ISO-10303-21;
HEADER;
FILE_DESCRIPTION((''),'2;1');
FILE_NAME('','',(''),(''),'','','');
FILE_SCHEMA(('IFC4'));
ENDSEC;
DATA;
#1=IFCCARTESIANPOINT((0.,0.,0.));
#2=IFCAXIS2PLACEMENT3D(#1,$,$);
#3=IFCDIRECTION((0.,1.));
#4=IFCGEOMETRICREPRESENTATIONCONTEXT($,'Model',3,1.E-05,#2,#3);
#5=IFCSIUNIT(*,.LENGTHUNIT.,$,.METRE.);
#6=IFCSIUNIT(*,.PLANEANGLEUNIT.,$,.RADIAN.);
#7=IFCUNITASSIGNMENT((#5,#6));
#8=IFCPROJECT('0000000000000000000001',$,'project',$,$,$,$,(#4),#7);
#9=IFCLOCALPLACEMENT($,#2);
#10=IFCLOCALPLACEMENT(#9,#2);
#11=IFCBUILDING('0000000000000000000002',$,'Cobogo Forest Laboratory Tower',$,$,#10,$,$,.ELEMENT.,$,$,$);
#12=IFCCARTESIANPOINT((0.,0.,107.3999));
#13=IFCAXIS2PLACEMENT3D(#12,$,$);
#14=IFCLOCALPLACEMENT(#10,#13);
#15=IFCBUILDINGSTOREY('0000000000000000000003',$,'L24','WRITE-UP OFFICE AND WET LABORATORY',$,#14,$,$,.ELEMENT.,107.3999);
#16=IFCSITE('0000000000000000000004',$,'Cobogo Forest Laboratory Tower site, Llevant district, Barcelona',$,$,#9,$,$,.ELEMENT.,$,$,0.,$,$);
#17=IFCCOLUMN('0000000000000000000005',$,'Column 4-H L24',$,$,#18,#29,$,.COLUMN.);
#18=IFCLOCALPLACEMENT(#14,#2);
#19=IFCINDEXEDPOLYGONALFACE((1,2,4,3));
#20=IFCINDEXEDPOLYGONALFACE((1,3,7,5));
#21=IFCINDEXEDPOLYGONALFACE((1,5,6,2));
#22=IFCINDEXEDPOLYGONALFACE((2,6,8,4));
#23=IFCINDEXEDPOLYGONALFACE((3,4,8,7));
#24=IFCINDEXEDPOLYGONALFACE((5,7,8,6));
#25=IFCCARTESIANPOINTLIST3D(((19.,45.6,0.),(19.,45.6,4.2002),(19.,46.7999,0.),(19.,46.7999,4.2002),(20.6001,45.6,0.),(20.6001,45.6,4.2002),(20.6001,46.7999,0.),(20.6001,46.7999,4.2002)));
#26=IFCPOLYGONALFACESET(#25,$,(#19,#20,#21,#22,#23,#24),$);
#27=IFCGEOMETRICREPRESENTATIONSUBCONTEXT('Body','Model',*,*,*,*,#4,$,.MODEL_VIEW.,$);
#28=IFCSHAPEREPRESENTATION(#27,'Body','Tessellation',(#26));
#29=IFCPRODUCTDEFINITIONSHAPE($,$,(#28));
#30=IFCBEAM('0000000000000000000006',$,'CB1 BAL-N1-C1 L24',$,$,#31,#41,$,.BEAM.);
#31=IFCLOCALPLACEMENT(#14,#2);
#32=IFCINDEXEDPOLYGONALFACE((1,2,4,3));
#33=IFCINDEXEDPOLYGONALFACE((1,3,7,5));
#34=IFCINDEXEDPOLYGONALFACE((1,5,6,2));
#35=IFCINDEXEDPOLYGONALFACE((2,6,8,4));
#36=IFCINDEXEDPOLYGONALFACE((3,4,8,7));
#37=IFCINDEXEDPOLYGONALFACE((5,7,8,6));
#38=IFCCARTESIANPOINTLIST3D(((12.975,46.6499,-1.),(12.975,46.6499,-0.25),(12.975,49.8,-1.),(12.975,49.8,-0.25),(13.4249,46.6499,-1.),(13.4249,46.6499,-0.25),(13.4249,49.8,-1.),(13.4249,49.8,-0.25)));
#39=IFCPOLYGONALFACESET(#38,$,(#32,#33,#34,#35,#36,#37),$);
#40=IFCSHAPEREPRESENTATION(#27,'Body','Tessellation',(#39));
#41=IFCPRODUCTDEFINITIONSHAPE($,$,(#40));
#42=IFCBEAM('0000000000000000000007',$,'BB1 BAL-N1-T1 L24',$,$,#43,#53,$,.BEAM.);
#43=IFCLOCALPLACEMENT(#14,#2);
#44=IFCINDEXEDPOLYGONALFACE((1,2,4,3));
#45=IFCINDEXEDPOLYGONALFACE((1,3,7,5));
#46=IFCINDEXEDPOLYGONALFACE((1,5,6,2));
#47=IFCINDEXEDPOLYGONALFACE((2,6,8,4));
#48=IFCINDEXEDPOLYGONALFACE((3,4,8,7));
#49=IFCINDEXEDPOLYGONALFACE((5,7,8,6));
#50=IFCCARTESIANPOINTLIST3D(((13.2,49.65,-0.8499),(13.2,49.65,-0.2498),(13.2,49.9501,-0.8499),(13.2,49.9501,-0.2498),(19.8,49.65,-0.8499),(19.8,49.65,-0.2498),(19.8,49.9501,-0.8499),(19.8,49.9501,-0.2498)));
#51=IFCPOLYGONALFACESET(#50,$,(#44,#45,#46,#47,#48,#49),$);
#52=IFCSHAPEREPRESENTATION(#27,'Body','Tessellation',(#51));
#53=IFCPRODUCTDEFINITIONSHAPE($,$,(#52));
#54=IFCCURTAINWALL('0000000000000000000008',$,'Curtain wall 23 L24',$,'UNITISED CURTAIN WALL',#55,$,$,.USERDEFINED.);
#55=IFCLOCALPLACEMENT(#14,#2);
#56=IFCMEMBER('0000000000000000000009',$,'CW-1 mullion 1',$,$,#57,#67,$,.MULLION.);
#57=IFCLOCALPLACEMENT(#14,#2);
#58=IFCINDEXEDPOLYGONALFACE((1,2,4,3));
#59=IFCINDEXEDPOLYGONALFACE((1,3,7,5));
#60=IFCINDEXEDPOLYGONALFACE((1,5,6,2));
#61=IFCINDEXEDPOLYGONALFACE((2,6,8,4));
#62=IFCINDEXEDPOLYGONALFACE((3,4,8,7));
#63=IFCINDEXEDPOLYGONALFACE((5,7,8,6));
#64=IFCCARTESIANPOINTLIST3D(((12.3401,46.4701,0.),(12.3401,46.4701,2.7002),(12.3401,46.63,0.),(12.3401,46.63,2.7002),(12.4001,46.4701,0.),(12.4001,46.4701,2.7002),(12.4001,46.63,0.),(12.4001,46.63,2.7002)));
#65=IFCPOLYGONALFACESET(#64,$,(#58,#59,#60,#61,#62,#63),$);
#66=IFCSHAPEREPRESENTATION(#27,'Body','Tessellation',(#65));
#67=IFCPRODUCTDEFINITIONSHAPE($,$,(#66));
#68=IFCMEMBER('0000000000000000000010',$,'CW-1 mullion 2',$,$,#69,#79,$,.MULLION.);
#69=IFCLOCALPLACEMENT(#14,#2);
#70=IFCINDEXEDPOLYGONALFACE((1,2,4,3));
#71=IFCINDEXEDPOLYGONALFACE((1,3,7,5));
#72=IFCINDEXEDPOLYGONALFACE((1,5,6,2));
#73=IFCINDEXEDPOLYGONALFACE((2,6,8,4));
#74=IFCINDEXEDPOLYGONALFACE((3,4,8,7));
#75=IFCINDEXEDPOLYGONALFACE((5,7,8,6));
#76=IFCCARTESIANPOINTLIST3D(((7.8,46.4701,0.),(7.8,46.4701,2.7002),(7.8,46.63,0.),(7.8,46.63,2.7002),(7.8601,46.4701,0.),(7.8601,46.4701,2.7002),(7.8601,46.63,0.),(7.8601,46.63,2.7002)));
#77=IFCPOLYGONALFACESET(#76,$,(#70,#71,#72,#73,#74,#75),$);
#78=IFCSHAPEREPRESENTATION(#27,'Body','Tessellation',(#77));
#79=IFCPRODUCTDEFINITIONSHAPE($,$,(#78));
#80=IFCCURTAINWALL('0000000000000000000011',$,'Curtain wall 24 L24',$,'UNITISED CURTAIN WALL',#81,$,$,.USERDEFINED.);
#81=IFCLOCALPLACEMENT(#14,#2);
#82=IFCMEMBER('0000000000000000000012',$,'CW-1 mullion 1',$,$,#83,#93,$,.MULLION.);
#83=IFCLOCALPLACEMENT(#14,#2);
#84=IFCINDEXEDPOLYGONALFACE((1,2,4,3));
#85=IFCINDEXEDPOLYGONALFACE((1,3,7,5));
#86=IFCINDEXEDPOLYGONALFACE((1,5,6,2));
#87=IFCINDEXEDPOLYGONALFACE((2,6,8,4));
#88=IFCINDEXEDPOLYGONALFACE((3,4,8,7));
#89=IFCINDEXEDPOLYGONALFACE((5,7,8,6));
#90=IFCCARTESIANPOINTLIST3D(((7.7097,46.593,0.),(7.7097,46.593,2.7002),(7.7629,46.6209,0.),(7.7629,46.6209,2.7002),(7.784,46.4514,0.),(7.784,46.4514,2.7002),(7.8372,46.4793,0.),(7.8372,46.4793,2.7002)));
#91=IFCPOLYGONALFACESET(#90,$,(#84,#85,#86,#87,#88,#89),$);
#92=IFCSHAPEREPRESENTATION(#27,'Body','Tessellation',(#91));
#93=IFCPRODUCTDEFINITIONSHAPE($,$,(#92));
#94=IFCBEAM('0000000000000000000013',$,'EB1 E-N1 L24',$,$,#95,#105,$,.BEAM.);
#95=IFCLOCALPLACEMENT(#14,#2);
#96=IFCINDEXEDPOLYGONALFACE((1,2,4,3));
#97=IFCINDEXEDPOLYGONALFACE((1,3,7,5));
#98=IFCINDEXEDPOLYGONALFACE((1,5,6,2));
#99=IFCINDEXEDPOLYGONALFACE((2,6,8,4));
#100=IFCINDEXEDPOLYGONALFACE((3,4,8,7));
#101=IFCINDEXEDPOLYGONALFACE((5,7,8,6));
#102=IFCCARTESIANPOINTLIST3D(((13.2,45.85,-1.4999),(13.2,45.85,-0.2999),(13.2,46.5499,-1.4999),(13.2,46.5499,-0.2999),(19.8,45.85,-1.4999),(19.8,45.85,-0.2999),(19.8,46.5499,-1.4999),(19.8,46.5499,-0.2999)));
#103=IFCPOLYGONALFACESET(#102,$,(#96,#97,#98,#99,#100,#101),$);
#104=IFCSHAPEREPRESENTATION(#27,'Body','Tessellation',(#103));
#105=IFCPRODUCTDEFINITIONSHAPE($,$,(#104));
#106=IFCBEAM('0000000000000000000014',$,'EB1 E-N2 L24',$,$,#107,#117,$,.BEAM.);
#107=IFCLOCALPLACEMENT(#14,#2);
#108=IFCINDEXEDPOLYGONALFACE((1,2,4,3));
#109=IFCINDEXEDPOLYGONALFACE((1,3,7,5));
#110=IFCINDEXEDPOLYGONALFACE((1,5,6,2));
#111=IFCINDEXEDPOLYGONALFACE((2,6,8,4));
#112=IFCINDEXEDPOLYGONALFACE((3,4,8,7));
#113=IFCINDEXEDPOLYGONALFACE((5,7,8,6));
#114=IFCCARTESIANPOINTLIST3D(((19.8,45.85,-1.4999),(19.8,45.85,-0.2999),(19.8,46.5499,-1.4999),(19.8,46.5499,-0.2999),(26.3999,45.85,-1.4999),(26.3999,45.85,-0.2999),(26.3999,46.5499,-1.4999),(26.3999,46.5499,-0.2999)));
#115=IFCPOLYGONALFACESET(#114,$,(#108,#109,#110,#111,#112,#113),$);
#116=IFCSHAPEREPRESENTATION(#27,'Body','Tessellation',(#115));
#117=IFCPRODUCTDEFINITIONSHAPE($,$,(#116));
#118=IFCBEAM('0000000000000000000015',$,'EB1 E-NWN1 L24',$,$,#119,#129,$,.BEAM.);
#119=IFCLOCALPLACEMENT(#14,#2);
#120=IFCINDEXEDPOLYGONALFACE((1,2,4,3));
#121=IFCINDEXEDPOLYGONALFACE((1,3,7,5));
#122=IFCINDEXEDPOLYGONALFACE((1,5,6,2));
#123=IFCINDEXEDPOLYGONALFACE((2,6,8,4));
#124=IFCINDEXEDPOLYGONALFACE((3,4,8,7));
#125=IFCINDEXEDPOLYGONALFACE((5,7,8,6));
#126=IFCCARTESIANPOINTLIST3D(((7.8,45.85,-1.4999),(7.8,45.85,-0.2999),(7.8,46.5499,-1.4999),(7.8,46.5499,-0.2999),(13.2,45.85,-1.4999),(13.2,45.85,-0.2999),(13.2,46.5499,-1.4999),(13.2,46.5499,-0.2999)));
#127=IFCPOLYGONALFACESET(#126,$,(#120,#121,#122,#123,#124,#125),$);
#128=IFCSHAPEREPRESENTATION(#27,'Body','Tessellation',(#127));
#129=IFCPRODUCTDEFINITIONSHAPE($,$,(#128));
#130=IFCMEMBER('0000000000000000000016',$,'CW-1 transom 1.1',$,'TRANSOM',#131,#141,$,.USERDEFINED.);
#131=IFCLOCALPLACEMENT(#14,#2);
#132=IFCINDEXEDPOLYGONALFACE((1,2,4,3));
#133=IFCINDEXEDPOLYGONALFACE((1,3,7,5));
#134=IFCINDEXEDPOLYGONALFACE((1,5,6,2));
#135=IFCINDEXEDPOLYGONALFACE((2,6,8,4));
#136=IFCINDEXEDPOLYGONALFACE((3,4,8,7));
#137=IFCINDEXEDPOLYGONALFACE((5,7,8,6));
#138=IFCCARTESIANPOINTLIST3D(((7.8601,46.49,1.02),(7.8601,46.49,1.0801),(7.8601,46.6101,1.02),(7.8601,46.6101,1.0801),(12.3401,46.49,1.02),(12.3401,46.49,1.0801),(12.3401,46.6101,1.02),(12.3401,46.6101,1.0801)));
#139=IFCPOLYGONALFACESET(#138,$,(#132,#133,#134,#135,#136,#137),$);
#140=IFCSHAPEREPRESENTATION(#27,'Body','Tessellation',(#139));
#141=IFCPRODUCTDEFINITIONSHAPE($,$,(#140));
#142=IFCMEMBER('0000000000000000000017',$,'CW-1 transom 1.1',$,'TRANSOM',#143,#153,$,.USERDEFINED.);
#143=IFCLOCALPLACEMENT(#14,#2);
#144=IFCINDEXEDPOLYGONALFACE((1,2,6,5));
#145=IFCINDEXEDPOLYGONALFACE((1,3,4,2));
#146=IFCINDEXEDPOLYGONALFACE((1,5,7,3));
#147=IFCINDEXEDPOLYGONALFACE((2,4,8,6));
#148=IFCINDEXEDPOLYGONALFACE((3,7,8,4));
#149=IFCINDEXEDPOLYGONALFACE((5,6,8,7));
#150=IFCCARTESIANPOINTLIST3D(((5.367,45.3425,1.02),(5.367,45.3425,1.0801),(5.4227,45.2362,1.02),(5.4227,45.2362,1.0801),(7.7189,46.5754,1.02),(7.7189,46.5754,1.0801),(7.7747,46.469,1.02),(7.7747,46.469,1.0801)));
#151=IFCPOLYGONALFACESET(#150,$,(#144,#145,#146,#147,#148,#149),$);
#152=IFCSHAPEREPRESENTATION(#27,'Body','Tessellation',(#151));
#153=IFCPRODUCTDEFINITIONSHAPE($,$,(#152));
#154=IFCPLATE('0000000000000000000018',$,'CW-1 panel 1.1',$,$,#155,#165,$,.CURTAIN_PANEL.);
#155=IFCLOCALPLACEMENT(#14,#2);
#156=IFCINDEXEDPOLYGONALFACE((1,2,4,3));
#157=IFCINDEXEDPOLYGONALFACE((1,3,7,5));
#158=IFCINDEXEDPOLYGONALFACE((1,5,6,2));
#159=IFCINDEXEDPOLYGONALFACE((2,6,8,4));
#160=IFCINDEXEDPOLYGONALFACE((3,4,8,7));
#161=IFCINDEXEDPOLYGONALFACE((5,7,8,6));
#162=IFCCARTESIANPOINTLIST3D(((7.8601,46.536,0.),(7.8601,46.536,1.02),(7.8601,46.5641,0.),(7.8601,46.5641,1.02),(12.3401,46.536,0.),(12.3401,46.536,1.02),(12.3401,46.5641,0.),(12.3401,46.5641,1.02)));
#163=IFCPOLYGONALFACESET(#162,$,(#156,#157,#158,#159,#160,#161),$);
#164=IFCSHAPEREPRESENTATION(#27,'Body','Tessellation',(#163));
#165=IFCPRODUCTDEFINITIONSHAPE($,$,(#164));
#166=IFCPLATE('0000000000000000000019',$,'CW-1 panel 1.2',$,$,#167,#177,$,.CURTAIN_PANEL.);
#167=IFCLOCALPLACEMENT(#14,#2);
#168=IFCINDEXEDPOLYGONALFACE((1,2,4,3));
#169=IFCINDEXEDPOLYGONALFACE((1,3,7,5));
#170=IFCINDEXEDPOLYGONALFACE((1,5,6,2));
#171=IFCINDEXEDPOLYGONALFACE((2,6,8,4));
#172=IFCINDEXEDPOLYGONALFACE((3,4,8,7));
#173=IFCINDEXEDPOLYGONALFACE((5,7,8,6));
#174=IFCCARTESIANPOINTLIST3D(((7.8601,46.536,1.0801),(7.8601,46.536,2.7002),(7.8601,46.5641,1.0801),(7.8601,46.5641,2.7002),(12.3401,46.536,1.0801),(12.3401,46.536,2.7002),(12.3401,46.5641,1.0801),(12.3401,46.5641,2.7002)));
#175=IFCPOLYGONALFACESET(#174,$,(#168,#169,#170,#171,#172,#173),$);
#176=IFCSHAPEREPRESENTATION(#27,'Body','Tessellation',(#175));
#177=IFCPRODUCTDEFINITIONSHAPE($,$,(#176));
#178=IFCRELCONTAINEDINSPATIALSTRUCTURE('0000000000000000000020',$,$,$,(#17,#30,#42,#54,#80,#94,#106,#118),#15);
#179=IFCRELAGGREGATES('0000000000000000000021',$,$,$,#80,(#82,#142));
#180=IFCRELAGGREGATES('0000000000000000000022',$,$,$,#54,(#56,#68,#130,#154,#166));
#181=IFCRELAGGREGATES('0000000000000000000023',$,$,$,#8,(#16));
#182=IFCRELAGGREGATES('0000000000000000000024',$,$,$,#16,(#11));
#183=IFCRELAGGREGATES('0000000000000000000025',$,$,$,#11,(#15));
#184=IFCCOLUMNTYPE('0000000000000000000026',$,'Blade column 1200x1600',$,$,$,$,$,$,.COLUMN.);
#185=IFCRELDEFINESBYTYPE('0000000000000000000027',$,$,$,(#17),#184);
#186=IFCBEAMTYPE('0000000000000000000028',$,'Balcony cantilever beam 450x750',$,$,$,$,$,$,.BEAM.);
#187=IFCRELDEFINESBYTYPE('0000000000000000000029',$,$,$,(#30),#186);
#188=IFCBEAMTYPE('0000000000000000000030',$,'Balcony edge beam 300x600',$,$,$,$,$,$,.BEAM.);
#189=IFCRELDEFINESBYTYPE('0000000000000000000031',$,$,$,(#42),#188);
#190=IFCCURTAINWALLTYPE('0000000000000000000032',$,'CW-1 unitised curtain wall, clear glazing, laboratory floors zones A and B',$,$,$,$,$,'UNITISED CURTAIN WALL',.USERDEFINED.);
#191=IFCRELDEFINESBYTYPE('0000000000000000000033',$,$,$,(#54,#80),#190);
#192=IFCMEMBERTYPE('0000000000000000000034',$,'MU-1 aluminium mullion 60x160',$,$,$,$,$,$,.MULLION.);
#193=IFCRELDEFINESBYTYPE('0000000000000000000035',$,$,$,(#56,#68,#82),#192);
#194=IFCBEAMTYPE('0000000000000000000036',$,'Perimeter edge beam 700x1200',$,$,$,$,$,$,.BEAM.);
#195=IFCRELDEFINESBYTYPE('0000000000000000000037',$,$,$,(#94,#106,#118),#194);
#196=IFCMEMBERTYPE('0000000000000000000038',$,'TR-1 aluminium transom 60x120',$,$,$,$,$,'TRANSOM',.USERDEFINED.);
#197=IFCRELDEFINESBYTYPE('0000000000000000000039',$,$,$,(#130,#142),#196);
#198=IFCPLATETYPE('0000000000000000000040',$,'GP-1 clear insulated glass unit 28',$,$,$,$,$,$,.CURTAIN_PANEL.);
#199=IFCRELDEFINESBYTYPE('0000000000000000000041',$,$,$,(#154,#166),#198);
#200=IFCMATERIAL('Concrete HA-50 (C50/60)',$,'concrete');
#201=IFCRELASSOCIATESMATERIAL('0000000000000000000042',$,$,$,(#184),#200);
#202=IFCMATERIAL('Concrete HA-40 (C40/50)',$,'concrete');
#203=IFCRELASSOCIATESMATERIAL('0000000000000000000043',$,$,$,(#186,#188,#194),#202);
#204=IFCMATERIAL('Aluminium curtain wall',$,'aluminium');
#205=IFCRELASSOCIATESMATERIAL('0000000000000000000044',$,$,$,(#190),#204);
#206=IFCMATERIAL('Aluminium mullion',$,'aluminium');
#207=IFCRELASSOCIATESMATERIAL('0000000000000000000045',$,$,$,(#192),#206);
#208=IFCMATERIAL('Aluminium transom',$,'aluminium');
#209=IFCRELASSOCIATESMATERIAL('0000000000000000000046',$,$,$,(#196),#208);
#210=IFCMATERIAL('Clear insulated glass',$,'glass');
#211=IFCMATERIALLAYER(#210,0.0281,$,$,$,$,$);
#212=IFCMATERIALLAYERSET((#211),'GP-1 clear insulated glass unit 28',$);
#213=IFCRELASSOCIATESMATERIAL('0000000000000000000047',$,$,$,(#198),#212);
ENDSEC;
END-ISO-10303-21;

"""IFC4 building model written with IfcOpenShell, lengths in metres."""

from ifc_helpers import new_model, si_unit, direction, frame, origin, origin_2d, place, context, subcontext, project, spatial, rectangle, extrude, material, layer, layer_set, material_profile, profile_set, type_object, element, aggregate, save


model = new_model("IFC4")

# Units and contexts
model_context = context("Model", 3, precision=1e-05, world=origin(), true_north=direction((0.0, 1.0)))
body_context = subcontext(model_context, "Body", "Model", "MODEL_VIEW")
ifc_project = project(units=[si_unit("LENGTHUNIT", "METRE"), si_unit("PLANEANGLEUNIT", "RADIAN")], contexts=[model_context])

# Site, building, storey
site_placement = place(None, origin())
site = spatial("IfcSite", under=ifc_project, at=site_placement, Name="Cobogo Forest Laboratory Tower site, Llevant district, Barcelona", CompositionType="ELEMENT", RefElevation=0.0)
building_placement = place(site_placement, origin())
building = spatial("IfcBuilding", under=site, at=building_placement, Name="Cobogo Forest Laboratory Tower", CompositionType="ELEMENT")
storey_placement = place(building_placement, frame((0.0, 0.0, 107.3999)))
storey = spatial("IfcBuildingStorey", under=building, at=storey_placement, Name="L24", Description="WRITE-UP OFFICE AND WET LABORATORY", CompositionType="ELEMENT", Elevation=107.3999)

# Column
ifc_material_1 = material(Name="Concrete HA-50 (C50/60)", Category="concrete")
ifc_material_profile_1 = material_profile(ifc_material_1, rectangle(XDim=1.6001, YDim=1.2, at=origin_2d()), Name="RC 1200x1600")
ifc_profile_set_1 = profile_set([ifc_material_profile_1], Name="Concrete HA-50 (C50/60)")
column_type = type_object("IfcColumnType", Name="Blade column 1200x1600", PredefinedType="COLUMN", material=ifc_profile_set_1)
column_placement = place(storey_placement, frame((19.8, 46.2, 0.0), z_axis=(0.0, 0.0, 1.0), x_axis=(1.0, 0.0, 0.0)))
element("IfcColumn", 1, at=column_placement, inside=storey, type_object=column_type, Name="Column 4-H L24", PredefinedType="COLUMN", context=body_context, shape_type="SweptSolid", body=[
    extrude(rectangle(XDim=1.6001, YDim=1.2, at=origin_2d()), origin(), (0.0, 0.0, 1.0), 4.2002),
])

# Beams
ifc_material_2 = material(Name="Concrete HA-40 (C40/50)", Category="concrete")
ifc_material_profile_2 = material_profile(ifc_material_2, rectangle(XDim=0.45, YDim=0.75, at=origin_2d()), Name="RC 450x750")
ifc_profile_set_2 = profile_set([ifc_material_profile_2], Name="Concrete HA-40 (C40/50)")
beam_type_1 = type_object("IfcBeamType", Name="Balcony cantilever beam 450x750", PredefinedType="BEAM", material=ifc_profile_set_2)
beam_1_placement = place(storey_placement, frame((13.2, 46.6499, -0.625), z_axis=(0.0, 1.0, 0.0), x_axis=(-1.0, 0.0, 0.0)))
element("IfcBeam", 2, at=beam_1_placement, inside=storey, type_object=beam_type_1, Name="CB1 BAL-N1-C1 L24", PredefinedType="BEAM", context=body_context, shape_type="SweptSolid", body=[
    extrude(rectangle(XDim=0.45, YDim=0.75, at=origin_2d()), origin(), (0.0, 0.0, 1.0), 3.1501),
])
ifc_material_profile_3 = material_profile(ifc_material_2, rectangle(XDim=0.3, YDim=0.6001, at=origin_2d()), Name="RC 300x600")
ifc_profile_set_3 = profile_set([ifc_material_profile_3], Name="Concrete HA-40 (C40/50)")
beam_type_2 = type_object("IfcBeamType", Name="Balcony edge beam 300x600", PredefinedType="BEAM", material=ifc_profile_set_3)
beam_2_placement = place(storey_placement, frame((13.2, 49.8, -0.5498), z_axis=(1.0, 0.0, 0.0), x_axis=(0.0, 1.0, 0.0)))
element("IfcBeam", 3, at=beam_2_placement, inside=storey, type_object=beam_type_2, Name="BB1 BAL-N1-T1 L24", PredefinedType="BEAM", context=body_context, shape_type="SweptSolid", body=[
    extrude(rectangle(XDim=0.3, YDim=0.6001, at=origin_2d()), origin(), (0.0, 0.0, 1.0), 6.6001),
])

# Curtain wall, members
ifc_material_3 = material(Name="Aluminium curtain wall", Category="aluminium")
curtain_wall_type = type_object("IfcCurtainWallType", Name="CW-1 unitised curtain wall, clear glazing, laboratory floors zones A and B", ElementType="UNITISED CURTAIN WALL", PredefinedType="USERDEFINED", material=ifc_material_3)
curtain_wall_1_placement = place(storey_placement, origin())
curtain_wall_1 = element("IfcCurtainWall", 4, at=curtain_wall_1_placement, inside=storey, type_object=curtain_wall_type, Name="Curtain wall 23 L24", ObjectType="UNITISED CURTAIN WALL", PredefinedType="USERDEFINED")
ifc_material_4 = material(Name="Aluminium mullion", Category="aluminium")
ifc_material_profile_4 = material_profile(ifc_material_4, rectangle(XDim=0.0601, YDim=0.1599, at=origin_2d()), Name="AL 60x160")
ifc_profile_set_4 = profile_set([ifc_material_profile_4], Name="Aluminium mullion")
member_type_1 = type_object("IfcMemberType", Name="MU-1 aluminium mullion 60x160", PredefinedType="MULLION", material=ifc_profile_set_4)
member_1_placement = place(storey_placement, frame((12.3701, 46.55, 0.0), z_axis=(0.0, 0.0, 1.0), x_axis=(-1.0, 0.0, 0.0)))
member_1 = element("IfcMember", 5, at=member_1_placement, type_object=member_type_1, Name="CW-1 mullion 1", PredefinedType="MULLION", context=body_context, shape_type="SweptSolid", body=[
    extrude(rectangle(XDim=0.0601, YDim=0.1599, at=origin_2d()), origin(), (0.0, 0.0, 1.0), 2.7002),
])
member_2_placement = place(storey_placement, frame((7.8301, 46.55, 0.0), z_axis=(0.0, 0.0, 1.0), x_axis=(-1.0, 0.0, 0.0)))
member_2 = element("IfcMember", 6, at=member_2_placement, type_object=member_type_1, Name="CW-1 mullion 2", PredefinedType="MULLION", context=body_context, shape_type="SweptSolid", body=[
    extrude(rectangle(XDim=0.0601, YDim=0.1599, at=origin_2d()), origin(), (0.0, 0.0, 1.0), 2.7002),
])

# Curtain wall, member
curtain_wall_2_placement = place(storey_placement, origin())
curtain_wall_2 = element("IfcCurtainWall", 7, at=curtain_wall_2_placement, inside=storey, type_object=curtain_wall_type, Name="Curtain wall 24 L24", ObjectType="UNITISED CURTAIN WALL", PredefinedType="USERDEFINED")
member_3_placement = place(storey_placement, frame((7.7734, 46.5361, 0.0), z_axis=(0.0, 0.0, 1.0), x_axis=(-0.885687, -0.464284, 0.0)))
member_3 = element("IfcMember", 8, at=member_3_placement, type_object=member_type_1, Name="CW-1 mullion 1", PredefinedType="MULLION", context=body_context, shape_type="SweptSolid", body=[
    extrude(rectangle(XDim=0.0601, YDim=0.1599, at=origin_2d()), origin(), (0.0, 0.0, 1.0), 2.7002),
])

# Beams
ifc_material_profile_5 = material_profile(ifc_material_2, rectangle(XDim=0.7, YDim=1.2, at=origin_2d()), Name="RC 700x1200")
ifc_profile_set_5 = profile_set([ifc_material_profile_5], Name="Concrete HA-40 (C40/50)")
beam_type_3 = type_object("IfcBeamType", Name="Perimeter edge beam 700x1200", PredefinedType="BEAM", material=ifc_profile_set_5)
beam_3_placement = place(storey_placement, frame((13.2, 46.2, -0.8999), z_axis=(1.0, 0.0, 0.0), x_axis=(0.0, 1.0, 0.0)))
element("IfcBeam", 9, at=beam_3_placement, inside=storey, type_object=beam_type_3, Name="EB1 E-N1 L24", PredefinedType="BEAM", context=body_context, shape_type="SweptSolid", body=[
    extrude(rectangle(XDim=0.7, YDim=1.2, at=origin_2d()), origin(), (0.0, 0.0, 1.0), 6.6001),
])
beam_4_placement = place(storey_placement, frame((19.8, 46.2, -0.8999), z_axis=(1.0, 0.0, 0.0), x_axis=(0.0, 1.0, 0.0)))
element("IfcBeam", 10, at=beam_4_placement, inside=storey, type_object=beam_type_3, Name="EB1 E-N2 L24", PredefinedType="BEAM", context=body_context, shape_type="SweptSolid", body=[
    extrude(rectangle(XDim=0.7, YDim=1.2, at=origin_2d()), origin(), (0.0, 0.0, 1.0), 6.5999),
])
beam_5_placement = place(storey_placement, frame((13.2, 46.2, -0.8999), z_axis=(-1.0, 0.0, 0.0), x_axis=(0.0, -1.0, 0.0)))
element("IfcBeam", 11, at=beam_5_placement, inside=storey, type_object=beam_type_3, Name="EB1 E-NWN1 L24", PredefinedType="BEAM", context=body_context, shape_type="SweptSolid", body=[
    extrude(rectangle(XDim=0.7, YDim=1.2, at=origin_2d()), origin(), (0.0, 0.0, 1.0), 5.3999),
])

# Members
ifc_material_5 = material(Name="Aluminium transom", Category="aluminium")
ifc_material_profile_6 = material_profile(ifc_material_5, rectangle(XDim=0.1201, YDim=0.0601, at=origin_2d()), Name="AL 60x120")
ifc_profile_set_6 = profile_set([ifc_material_profile_6], Name="Aluminium transom")
member_type_2 = type_object("IfcMemberType", Name="TR-1 aluminium transom 60x120", ElementType="TRANSOM", PredefinedType="USERDEFINED", material=ifc_profile_set_6)
member_4_placement = place(storey_placement, frame((12.3401, 46.55, 1.05), z_axis=(-1.0, 0.0, 0.0), x_axis=(0.0, -1.0, 0.0)))
member_4 = element("IfcMember", 12, at=member_4_placement, type_object=member_type_2, Name="CW-1 transom 1.1", ObjectType="TRANSOM", PredefinedType="USERDEFINED", context=body_context, shape_type="SweptSolid", body=[
    extrude(rectangle(XDim=0.1201, YDim=0.0601, at=origin_2d()), origin(), (0.0, 0.0, 1.0), 4.48),
])
member_5_placement = place(storey_placement, frame((7.7468, 46.5222, 1.05), z_axis=(-0.885695, -0.464268, 0.0), x_axis=(0.464268, -0.885695, 0.0)))
member_5 = element("IfcMember", 13, at=member_5_placement, type_object=member_type_2, Name="CW-1 transom 1.1", ObjectType="TRANSOM", PredefinedType="USERDEFINED", context=body_context, shape_type="SweptSolid", body=[
    extrude(rectangle(XDim=0.1201, YDim=0.0601, at=origin_2d()), origin(), (0.0, 0.0, 1.0), 2.6555),
])
aggregate(curtain_wall_2, [member_3, member_5])

# Plates
ifc_material_6 = material(Name="Clear insulated glass", Category="glass")
ifc_layer_1 = layer(ifc_material_6, 0.0281)
ifc_layer_set_1 = layer_set([ifc_layer_1], Name="GP-1 clear insulated glass unit 28")
plate_type = type_object("IfcPlateType", Name="GP-1 clear insulated glass unit 28", PredefinedType="CURTAIN_PANEL", material=ifc_layer_set_1)
plate_1_placement = place(storey_placement, frame((10.1001, 46.55, 0.0), z_axis=(0.0, 0.0, 1.0), x_axis=(-1.0, 0.0, 0.0)))
plate_1 = element("IfcPlate", 14, at=plate_1_placement, type_object=plate_type, Name="CW-1 panel 1.1", PredefinedType="CURTAIN_PANEL", context=body_context, shape_type="SweptSolid", body=[
    extrude(rectangle(XDim=4.48, YDim=0.0281, at=origin_2d()), origin(), (0.0, 0.0, 1.0), 1.02),
])
plate_2_placement = place(storey_placement, frame((10.1001, 46.55, 1.0801), z_axis=(0.0, 0.0, 1.0), x_axis=(-1.0, 0.0, 0.0)))
plate_2 = element("IfcPlate", 15, at=plate_2_placement, type_object=plate_type, Name="CW-1 panel 1.2", PredefinedType="CURTAIN_PANEL", context=body_context, shape_type="SweptSolid", body=[
    extrude(rectangle(XDim=4.48, YDim=0.0281, at=origin_2d()), origin(), (0.0, 0.0, 1.0), 1.6201),
])
aggregate(curtain_wall_1, [member_1, member_2, member_4, plate_1, plate_2])

save(model, "model.ifc")
